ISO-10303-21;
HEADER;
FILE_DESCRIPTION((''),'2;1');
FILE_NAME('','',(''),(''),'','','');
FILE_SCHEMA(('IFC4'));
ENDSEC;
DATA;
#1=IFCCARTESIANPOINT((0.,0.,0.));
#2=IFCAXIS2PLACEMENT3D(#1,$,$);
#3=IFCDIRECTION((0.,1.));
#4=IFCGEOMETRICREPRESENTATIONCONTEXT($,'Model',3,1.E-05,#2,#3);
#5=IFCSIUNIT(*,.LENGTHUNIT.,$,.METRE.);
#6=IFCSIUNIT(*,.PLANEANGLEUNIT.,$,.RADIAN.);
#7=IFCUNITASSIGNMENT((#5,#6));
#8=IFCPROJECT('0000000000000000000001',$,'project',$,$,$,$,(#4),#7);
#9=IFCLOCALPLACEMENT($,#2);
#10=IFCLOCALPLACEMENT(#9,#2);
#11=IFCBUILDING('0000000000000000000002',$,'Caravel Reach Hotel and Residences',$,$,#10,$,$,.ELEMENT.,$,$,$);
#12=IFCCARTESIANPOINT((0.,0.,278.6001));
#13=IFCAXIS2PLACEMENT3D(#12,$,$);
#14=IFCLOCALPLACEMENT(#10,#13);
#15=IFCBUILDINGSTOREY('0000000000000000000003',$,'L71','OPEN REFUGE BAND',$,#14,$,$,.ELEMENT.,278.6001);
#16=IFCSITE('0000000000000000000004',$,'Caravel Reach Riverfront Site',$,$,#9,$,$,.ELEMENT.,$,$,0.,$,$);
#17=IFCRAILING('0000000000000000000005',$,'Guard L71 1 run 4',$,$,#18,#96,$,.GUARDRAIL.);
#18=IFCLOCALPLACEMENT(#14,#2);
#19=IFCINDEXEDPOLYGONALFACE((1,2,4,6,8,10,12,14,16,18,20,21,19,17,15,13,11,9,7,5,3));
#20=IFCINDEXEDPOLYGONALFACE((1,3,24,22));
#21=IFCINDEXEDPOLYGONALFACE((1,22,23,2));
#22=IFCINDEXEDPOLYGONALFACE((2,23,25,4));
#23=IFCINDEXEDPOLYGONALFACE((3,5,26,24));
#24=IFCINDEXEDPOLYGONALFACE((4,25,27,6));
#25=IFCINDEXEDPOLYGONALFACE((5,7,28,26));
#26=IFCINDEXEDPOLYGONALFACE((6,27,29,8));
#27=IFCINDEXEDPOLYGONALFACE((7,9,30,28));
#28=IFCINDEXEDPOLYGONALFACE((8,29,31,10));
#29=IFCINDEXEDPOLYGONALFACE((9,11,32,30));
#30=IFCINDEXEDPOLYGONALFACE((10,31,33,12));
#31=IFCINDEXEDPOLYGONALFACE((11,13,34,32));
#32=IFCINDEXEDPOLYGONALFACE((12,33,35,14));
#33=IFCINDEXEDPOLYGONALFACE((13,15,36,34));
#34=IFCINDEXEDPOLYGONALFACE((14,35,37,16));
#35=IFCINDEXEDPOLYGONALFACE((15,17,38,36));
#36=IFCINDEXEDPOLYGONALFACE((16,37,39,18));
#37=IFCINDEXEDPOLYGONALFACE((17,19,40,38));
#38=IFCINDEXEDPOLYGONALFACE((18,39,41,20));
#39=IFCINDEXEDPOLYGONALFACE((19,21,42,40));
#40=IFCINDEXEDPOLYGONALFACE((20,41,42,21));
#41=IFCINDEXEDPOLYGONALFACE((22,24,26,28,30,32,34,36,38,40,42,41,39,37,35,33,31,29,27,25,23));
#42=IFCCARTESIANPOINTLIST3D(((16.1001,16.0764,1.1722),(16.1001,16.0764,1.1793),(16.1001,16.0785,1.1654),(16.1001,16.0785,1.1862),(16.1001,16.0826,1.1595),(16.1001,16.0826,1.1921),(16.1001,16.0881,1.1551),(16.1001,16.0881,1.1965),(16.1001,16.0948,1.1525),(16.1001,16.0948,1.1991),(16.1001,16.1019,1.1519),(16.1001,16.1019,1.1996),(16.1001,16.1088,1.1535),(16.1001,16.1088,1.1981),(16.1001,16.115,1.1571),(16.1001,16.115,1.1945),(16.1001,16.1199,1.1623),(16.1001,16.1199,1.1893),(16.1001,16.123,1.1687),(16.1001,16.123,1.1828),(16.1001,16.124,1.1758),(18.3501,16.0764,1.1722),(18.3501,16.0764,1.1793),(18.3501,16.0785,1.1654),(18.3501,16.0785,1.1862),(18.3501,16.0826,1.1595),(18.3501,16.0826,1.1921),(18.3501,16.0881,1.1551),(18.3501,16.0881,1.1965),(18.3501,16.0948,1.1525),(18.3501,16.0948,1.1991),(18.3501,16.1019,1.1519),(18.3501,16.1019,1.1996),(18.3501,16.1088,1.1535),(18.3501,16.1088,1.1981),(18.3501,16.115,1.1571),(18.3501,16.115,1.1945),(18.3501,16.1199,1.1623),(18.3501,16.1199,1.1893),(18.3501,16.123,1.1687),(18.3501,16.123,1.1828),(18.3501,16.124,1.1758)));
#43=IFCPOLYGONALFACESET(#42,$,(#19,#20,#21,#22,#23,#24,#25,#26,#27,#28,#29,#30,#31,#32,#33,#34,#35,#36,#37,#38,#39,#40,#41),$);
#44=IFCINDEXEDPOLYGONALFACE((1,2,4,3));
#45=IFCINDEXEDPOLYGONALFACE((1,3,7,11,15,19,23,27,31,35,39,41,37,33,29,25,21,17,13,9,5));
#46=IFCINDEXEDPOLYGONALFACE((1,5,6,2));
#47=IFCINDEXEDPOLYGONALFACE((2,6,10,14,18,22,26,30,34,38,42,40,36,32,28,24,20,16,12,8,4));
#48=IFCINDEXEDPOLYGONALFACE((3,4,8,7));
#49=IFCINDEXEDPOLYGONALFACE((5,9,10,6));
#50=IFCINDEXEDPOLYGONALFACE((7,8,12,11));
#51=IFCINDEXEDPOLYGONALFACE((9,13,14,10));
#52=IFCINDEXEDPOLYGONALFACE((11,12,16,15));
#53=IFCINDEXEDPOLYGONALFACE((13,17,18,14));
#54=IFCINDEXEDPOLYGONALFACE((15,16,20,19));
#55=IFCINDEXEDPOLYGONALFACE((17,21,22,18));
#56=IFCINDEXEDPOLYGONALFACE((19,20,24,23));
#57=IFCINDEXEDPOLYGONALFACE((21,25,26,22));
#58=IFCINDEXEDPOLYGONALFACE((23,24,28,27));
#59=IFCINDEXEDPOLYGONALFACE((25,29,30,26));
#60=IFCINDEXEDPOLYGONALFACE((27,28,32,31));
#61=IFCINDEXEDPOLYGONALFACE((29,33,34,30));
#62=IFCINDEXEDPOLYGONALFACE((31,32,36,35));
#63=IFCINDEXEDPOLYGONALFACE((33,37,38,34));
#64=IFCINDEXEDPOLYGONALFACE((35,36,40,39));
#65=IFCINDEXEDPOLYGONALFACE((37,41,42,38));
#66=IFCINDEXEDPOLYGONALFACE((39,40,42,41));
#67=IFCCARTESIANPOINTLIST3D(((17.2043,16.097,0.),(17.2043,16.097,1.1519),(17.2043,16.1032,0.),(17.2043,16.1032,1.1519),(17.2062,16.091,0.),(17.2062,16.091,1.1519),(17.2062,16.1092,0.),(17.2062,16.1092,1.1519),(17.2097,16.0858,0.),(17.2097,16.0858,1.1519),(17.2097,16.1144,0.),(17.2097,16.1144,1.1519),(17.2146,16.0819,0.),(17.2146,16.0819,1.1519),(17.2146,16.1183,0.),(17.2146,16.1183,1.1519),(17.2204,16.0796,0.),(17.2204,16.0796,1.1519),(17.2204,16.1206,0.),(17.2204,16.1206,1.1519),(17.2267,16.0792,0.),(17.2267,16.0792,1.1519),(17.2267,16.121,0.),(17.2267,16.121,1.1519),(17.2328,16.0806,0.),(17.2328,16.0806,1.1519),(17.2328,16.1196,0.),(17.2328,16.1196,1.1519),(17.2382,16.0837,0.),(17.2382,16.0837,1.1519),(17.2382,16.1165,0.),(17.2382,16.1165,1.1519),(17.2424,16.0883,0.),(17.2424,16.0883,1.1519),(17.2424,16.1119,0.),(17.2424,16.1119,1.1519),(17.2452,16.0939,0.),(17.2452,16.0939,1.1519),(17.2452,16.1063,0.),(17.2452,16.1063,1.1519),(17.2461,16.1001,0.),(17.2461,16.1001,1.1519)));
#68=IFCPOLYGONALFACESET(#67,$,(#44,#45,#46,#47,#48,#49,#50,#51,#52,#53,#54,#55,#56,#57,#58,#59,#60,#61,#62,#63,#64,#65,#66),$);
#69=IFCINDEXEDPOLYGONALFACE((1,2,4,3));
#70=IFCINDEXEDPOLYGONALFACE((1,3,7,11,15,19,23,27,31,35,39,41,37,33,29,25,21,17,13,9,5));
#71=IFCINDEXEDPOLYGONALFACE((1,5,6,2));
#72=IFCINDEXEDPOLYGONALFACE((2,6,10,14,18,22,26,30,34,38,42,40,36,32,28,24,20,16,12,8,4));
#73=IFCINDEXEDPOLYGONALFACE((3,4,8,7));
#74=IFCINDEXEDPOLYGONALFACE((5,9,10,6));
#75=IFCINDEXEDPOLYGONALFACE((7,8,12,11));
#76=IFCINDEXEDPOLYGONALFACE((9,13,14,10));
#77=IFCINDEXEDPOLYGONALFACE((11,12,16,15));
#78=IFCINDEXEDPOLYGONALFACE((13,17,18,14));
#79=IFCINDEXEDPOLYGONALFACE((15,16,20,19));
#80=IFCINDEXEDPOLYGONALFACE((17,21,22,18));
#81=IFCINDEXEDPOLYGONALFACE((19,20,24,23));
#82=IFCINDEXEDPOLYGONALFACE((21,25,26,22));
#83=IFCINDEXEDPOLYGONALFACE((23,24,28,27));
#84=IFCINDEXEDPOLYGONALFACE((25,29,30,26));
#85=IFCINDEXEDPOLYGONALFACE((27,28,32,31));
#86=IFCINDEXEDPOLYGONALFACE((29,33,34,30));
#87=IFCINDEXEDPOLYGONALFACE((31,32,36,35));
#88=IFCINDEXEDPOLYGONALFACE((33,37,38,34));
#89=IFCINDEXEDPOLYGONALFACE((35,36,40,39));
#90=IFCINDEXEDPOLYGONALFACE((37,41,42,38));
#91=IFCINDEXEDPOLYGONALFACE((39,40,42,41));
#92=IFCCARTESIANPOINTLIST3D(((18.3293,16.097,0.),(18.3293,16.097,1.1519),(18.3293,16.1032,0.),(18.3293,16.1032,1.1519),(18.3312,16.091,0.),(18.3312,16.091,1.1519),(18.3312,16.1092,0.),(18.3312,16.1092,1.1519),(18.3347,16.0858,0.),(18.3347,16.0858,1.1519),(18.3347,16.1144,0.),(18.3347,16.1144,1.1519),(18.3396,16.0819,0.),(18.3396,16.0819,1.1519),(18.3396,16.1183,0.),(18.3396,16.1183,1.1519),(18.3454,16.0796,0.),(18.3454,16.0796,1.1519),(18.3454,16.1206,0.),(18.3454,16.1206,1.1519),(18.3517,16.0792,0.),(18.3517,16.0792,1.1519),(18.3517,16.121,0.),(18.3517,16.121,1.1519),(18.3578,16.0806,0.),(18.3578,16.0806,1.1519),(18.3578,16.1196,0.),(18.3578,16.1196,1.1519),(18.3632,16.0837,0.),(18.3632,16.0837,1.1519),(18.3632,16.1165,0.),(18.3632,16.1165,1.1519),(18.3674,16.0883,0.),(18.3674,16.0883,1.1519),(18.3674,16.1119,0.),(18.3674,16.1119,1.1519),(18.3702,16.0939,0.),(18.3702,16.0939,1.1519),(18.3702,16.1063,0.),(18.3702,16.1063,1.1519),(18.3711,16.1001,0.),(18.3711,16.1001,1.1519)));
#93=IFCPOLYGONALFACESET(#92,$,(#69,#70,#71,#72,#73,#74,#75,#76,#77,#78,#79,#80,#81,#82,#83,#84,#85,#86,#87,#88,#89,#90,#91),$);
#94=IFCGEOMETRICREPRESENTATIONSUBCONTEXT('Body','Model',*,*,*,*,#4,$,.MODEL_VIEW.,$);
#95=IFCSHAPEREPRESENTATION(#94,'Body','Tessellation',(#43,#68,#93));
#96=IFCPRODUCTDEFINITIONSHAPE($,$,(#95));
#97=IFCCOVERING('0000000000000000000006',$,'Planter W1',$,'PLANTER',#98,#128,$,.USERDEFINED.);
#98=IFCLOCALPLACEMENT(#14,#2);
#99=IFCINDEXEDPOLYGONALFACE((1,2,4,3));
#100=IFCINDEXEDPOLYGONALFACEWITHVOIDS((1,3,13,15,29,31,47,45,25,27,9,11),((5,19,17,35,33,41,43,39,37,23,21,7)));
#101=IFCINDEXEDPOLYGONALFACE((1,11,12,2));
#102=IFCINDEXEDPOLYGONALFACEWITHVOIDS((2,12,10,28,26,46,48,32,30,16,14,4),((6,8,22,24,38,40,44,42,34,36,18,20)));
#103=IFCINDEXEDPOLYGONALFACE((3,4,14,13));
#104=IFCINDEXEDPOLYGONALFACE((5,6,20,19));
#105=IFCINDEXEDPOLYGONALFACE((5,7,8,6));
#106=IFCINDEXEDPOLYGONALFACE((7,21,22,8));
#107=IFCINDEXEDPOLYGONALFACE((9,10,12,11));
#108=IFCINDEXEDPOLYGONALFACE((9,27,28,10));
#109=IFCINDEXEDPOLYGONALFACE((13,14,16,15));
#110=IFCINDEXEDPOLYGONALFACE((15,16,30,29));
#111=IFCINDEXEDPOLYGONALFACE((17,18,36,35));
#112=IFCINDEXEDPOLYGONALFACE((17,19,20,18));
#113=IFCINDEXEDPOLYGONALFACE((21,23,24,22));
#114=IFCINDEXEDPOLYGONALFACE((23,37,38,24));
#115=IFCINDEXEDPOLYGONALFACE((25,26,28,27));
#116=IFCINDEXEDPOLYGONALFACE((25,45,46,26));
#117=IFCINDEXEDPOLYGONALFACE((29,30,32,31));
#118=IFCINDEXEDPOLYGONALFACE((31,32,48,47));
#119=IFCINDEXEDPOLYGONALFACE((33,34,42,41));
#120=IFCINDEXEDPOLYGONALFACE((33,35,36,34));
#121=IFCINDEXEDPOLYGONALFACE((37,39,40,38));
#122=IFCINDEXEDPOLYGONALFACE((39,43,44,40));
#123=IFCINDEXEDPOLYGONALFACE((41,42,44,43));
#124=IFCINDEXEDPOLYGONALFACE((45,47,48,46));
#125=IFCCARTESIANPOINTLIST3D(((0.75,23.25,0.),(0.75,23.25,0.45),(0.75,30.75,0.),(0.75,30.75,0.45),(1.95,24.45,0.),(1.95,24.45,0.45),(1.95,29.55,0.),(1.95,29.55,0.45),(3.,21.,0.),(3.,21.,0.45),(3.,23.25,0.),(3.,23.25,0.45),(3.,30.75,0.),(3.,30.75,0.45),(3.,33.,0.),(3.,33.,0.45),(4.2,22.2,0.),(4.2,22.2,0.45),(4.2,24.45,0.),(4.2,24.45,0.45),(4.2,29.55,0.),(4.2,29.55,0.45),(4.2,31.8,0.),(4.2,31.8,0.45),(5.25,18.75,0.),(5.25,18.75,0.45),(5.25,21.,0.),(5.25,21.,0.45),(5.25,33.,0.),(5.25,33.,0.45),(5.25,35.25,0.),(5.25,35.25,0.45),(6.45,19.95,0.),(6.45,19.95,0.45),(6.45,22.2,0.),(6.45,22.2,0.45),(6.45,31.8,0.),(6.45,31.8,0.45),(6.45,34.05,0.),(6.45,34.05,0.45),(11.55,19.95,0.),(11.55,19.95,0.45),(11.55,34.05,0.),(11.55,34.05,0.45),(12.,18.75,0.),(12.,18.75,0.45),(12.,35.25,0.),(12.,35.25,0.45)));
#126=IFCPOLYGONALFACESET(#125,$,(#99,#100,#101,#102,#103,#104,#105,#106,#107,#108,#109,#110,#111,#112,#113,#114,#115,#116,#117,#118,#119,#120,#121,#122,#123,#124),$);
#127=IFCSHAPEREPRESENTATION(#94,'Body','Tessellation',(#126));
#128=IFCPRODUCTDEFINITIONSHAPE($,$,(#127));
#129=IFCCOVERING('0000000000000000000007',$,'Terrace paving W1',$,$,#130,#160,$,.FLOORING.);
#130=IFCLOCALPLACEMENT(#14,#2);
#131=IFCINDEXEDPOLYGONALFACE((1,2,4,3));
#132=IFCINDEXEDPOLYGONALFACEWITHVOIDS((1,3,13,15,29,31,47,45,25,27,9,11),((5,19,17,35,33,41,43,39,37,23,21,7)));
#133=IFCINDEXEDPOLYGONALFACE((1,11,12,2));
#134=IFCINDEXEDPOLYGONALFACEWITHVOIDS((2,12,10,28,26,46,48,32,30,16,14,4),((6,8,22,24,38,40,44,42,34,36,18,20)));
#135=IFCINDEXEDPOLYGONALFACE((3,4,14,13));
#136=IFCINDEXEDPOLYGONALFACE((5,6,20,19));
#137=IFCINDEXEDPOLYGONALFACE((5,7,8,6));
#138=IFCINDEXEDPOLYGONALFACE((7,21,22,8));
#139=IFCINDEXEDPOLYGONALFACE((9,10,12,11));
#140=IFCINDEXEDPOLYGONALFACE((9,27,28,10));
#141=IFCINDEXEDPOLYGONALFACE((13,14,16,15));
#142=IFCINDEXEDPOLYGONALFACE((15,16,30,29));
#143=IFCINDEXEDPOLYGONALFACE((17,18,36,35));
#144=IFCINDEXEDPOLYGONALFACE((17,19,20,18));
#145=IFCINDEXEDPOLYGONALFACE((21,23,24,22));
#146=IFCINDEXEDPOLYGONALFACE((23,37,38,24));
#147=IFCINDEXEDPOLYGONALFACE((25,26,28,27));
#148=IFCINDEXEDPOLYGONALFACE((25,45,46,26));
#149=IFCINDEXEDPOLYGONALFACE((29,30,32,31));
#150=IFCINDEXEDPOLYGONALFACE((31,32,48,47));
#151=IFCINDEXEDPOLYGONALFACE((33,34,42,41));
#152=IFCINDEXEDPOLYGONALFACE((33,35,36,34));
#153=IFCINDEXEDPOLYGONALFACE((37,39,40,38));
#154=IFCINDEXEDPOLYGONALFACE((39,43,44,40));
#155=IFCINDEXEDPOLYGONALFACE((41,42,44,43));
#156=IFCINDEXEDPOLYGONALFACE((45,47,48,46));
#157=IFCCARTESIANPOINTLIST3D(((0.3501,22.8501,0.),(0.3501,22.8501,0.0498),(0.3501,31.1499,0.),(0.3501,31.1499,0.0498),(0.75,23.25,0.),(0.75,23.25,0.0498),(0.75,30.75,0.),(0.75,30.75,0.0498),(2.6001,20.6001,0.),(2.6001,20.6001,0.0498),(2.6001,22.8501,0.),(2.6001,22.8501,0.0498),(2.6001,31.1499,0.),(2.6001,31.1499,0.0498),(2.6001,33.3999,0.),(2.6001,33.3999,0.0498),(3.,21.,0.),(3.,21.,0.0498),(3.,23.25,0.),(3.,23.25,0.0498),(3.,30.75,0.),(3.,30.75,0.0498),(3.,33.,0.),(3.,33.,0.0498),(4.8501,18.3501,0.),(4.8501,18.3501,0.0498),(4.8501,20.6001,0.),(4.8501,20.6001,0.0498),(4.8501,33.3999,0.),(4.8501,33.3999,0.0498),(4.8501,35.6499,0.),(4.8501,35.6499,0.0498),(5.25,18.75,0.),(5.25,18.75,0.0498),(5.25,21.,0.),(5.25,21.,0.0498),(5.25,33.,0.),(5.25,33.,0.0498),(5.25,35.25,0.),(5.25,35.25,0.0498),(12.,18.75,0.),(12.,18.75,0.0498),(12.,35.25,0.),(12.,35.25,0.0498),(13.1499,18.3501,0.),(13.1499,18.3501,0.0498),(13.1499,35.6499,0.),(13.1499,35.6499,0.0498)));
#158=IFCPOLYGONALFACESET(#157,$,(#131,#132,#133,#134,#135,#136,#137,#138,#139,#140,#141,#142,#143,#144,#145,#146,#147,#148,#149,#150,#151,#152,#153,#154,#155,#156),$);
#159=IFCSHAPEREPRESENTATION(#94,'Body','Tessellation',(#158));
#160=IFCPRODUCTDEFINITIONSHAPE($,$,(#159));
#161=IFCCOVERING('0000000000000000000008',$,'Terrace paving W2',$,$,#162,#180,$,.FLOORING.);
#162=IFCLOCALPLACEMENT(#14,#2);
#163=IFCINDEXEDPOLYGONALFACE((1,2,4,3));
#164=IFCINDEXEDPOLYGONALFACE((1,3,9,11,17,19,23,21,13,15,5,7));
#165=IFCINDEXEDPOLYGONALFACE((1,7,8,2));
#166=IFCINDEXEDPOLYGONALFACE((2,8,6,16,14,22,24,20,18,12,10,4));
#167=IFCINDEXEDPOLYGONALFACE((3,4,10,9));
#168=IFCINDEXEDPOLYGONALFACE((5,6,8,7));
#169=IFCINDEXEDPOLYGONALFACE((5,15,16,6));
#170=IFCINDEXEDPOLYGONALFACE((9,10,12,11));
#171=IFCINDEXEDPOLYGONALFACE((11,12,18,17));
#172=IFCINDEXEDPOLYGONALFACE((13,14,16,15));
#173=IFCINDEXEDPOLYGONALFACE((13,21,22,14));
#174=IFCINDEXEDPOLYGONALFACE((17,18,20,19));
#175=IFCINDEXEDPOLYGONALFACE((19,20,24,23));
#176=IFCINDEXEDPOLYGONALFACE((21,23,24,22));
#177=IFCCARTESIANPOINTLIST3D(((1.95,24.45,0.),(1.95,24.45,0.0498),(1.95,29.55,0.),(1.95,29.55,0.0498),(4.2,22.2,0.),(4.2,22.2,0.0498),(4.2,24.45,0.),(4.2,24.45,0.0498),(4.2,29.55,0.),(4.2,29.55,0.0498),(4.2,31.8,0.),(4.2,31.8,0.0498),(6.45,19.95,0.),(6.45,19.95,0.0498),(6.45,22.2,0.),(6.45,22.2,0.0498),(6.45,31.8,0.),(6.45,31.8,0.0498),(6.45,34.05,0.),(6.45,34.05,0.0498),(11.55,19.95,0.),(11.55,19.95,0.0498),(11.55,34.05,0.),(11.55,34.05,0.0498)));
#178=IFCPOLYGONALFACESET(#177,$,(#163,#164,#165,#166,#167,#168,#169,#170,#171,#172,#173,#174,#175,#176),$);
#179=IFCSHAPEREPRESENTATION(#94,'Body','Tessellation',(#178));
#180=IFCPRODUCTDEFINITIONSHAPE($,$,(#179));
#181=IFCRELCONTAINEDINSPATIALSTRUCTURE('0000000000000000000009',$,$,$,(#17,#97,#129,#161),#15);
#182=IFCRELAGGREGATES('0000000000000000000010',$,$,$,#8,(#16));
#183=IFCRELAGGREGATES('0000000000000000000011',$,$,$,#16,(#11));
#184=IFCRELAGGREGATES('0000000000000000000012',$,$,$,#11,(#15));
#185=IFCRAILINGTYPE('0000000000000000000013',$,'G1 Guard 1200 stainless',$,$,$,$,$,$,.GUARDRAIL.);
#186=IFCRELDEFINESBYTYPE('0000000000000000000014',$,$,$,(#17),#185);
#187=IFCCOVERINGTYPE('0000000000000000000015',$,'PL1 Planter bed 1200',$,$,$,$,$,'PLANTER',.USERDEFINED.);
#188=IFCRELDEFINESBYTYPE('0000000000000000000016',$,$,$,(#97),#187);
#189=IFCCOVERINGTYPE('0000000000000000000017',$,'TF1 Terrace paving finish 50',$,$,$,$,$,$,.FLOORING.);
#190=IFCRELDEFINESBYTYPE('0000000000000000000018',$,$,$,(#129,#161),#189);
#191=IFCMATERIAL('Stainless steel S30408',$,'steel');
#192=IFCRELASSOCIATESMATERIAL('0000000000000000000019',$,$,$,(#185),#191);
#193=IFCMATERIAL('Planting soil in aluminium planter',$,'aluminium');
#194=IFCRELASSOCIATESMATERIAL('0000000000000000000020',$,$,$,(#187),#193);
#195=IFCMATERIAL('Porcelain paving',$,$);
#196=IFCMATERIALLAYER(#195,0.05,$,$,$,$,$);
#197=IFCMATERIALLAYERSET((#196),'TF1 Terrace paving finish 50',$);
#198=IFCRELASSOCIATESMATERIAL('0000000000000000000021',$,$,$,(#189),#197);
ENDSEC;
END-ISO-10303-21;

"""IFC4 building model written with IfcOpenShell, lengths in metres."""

from ifc_helpers import new_model, si_unit, direction, frame, origin, origin_2d, place, context, subcontext, project, spatial, polyline, circle, outline, extrude, material, layer, layer_set, type_object, element, save


model = new_model("IFC4")

# Units and contexts
model_context = context("Model", 3, precision=1e-05, world=origin(), true_north=direction((0.0, 1.0)))
body_context = subcontext(model_context, "Body", "Model", "MODEL_VIEW")
ifc_project = project(units=[si_unit("LENGTHUNIT", "METRE"), si_unit("PLANEANGLEUNIT", "RADIAN")], contexts=[model_context])

# Site, building, storey
site_placement = place(None, origin())
site = spatial("IfcSite", under=ifc_project, at=site_placement, Name="Caravel Reach Riverfront Site", CompositionType="ELEMENT", RefElevation=0.0)
building_placement = place(site_placement, origin())
building = spatial("IfcBuilding", under=site, at=building_placement, Name="Caravel Reach Hotel and Residences", CompositionType="ELEMENT")
storey_placement = place(building_placement, frame((0.0, 0.0, 278.6001)))
storey = spatial("IfcBuildingStorey", under=building, at=storey_placement, Name="L71", Description="OPEN REFUGE BAND", CompositionType="ELEMENT", Elevation=278.6001)

# Railing
ifc_material_1 = material(Name="Stainless steel S30408", Category="steel")
railing_type = type_object("IfcRailingType", Name="G1 Guard 1200 stainless", PredefinedType="GUARDRAIL", material=ifc_material_1)
railing_1_placement = place(storey_placement, frame((16.1001, 16.1001, 0.0)))
element("IfcRailing", 1, at=railing_1_placement, inside=storey, type_object=railing_type, Name="Guard L71 1 run 4", PredefinedType="GUARDRAIL", context=body_context, shape_type="SweptSolid", body=[
    extrude(circle(Radius=0.0239, at=origin_2d()), frame((0.0, 0.0, 1.1758), z_axis=(1.0, 0.0, 0.0), x_axis=(0.0, 1.0, 0.0)), (0.0, 0.0, 1.0), 2.25),
    extrude(circle(Radius=0.021, at=origin_2d()), frame((1.125, 0.0, 0.0)), (0.0, 0.0, 1.0), 1.1519),
    extrude(circle(Radius=0.021, at=origin_2d()), frame((2.25, 0.0, 0.0)), (0.0, 0.0, 1.0), 1.1519),
])

# Coverings
ifc_material_2 = material(Name="Planting soil in aluminium planter", Category="aluminium")
covering_type_1 = type_object("IfcCoveringType", Name="PL1 Planter bed 1200", ElementType="PLANTER", PredefinedType="USERDEFINED", material=ifc_material_2)
covering_1_placement = place(storey_placement, origin())
element("IfcCovering", 2, at=covering_1_placement, inside=storey, type_object=covering_type_1, Name="Planter W1", ObjectType="PLANTER", PredefinedType="USERDEFINED", context=body_context, shape_type="SweptSolid", body=[
    extrude(outline(polyline([(3.0, 21.0), (5.25, 21.0), (5.25, 18.75), (12.0, 18.75), (12.0, 35.25), (5.25, 35.25), (5.25, 33.0), (3.0, 33.0), (3.0, 30.75), (0.75, 30.75), (0.75, 23.25), (3.0, 23.25), (3.0, 21.0)]), holes=[polyline([(11.55, 34.05), (11.55, 19.95), (6.45, 19.95), (6.45, 22.2), (4.2, 22.2), (4.2, 24.45), (1.95, 24.45), (1.95, 29.55), (4.2, 29.55), (4.2, 31.8), (6.45, 31.8), (6.45, 34.05), (11.55, 34.05)])]), origin(), (0.0, 0.0, 1.0), 0.45),
])
ifc_material_3 = material(Name="Porcelain paving")
ifc_layer_1 = layer(ifc_material_3, 0.05)
ifc_layer_set_1 = layer_set([ifc_layer_1], Name="TF1 Terrace paving finish 50")
covering_type_2 = type_object("IfcCoveringType", Name="TF1 Terrace paving finish 50", PredefinedType="FLOORING", material=ifc_layer_set_1)
covering_2_placement = place(storey_placement, origin())
element("IfcCovering", 3, at=covering_2_placement, inside=storey, type_object=covering_type_2, Name="Terrace paving W1", PredefinedType="FLOORING", context=body_context, shape_type="SweptSolid", body=[
    extrude(outline(polyline([(4.8501, 20.6001), (4.8501, 18.3501), (13.1499, 18.3501), (13.1499, 35.6499), (4.8501, 35.6499), (4.8501, 33.3999), (2.6001, 33.3999), (2.6001, 31.1499), (0.3501, 31.1499), (0.3501, 22.8501), (2.6001, 22.8501), (2.6001, 20.6001), (4.8501, 20.6001)]), holes=[polyline([(5.25, 21.0), (3.0, 21.0), (3.0, 23.25), (0.75, 23.25), (0.75, 30.75), (3.0, 30.75), (3.0, 33.0), (5.25, 33.0), (5.25, 35.25), (12.0, 35.25), (12.0, 18.75), (5.25, 18.75), (5.25, 21.0)])]), origin(), (0.0, 0.0, 1.0), 0.0498),
])
covering_3_placement = place(storey_placement, origin())
element("IfcCovering", 4, at=covering_3_placement, inside=storey, type_object=covering_type_2, Name="Terrace paving W2", PredefinedType="FLOORING", context=body_context, shape_type="SweptSolid", body=[
    extrude(outline(polyline([(11.55, 19.95), (11.55, 34.05), (6.45, 34.05), (6.45, 31.8), (4.2, 31.8), (4.2, 29.55), (1.95, 29.55), (1.95, 24.45), (4.2, 24.45), (4.2, 22.2), (6.45, 22.2), (6.45, 19.95), (11.55, 19.95)])), origin(), (0.0, 0.0, 1.0), 0.0498),
])

save(model, "model.ifc")
